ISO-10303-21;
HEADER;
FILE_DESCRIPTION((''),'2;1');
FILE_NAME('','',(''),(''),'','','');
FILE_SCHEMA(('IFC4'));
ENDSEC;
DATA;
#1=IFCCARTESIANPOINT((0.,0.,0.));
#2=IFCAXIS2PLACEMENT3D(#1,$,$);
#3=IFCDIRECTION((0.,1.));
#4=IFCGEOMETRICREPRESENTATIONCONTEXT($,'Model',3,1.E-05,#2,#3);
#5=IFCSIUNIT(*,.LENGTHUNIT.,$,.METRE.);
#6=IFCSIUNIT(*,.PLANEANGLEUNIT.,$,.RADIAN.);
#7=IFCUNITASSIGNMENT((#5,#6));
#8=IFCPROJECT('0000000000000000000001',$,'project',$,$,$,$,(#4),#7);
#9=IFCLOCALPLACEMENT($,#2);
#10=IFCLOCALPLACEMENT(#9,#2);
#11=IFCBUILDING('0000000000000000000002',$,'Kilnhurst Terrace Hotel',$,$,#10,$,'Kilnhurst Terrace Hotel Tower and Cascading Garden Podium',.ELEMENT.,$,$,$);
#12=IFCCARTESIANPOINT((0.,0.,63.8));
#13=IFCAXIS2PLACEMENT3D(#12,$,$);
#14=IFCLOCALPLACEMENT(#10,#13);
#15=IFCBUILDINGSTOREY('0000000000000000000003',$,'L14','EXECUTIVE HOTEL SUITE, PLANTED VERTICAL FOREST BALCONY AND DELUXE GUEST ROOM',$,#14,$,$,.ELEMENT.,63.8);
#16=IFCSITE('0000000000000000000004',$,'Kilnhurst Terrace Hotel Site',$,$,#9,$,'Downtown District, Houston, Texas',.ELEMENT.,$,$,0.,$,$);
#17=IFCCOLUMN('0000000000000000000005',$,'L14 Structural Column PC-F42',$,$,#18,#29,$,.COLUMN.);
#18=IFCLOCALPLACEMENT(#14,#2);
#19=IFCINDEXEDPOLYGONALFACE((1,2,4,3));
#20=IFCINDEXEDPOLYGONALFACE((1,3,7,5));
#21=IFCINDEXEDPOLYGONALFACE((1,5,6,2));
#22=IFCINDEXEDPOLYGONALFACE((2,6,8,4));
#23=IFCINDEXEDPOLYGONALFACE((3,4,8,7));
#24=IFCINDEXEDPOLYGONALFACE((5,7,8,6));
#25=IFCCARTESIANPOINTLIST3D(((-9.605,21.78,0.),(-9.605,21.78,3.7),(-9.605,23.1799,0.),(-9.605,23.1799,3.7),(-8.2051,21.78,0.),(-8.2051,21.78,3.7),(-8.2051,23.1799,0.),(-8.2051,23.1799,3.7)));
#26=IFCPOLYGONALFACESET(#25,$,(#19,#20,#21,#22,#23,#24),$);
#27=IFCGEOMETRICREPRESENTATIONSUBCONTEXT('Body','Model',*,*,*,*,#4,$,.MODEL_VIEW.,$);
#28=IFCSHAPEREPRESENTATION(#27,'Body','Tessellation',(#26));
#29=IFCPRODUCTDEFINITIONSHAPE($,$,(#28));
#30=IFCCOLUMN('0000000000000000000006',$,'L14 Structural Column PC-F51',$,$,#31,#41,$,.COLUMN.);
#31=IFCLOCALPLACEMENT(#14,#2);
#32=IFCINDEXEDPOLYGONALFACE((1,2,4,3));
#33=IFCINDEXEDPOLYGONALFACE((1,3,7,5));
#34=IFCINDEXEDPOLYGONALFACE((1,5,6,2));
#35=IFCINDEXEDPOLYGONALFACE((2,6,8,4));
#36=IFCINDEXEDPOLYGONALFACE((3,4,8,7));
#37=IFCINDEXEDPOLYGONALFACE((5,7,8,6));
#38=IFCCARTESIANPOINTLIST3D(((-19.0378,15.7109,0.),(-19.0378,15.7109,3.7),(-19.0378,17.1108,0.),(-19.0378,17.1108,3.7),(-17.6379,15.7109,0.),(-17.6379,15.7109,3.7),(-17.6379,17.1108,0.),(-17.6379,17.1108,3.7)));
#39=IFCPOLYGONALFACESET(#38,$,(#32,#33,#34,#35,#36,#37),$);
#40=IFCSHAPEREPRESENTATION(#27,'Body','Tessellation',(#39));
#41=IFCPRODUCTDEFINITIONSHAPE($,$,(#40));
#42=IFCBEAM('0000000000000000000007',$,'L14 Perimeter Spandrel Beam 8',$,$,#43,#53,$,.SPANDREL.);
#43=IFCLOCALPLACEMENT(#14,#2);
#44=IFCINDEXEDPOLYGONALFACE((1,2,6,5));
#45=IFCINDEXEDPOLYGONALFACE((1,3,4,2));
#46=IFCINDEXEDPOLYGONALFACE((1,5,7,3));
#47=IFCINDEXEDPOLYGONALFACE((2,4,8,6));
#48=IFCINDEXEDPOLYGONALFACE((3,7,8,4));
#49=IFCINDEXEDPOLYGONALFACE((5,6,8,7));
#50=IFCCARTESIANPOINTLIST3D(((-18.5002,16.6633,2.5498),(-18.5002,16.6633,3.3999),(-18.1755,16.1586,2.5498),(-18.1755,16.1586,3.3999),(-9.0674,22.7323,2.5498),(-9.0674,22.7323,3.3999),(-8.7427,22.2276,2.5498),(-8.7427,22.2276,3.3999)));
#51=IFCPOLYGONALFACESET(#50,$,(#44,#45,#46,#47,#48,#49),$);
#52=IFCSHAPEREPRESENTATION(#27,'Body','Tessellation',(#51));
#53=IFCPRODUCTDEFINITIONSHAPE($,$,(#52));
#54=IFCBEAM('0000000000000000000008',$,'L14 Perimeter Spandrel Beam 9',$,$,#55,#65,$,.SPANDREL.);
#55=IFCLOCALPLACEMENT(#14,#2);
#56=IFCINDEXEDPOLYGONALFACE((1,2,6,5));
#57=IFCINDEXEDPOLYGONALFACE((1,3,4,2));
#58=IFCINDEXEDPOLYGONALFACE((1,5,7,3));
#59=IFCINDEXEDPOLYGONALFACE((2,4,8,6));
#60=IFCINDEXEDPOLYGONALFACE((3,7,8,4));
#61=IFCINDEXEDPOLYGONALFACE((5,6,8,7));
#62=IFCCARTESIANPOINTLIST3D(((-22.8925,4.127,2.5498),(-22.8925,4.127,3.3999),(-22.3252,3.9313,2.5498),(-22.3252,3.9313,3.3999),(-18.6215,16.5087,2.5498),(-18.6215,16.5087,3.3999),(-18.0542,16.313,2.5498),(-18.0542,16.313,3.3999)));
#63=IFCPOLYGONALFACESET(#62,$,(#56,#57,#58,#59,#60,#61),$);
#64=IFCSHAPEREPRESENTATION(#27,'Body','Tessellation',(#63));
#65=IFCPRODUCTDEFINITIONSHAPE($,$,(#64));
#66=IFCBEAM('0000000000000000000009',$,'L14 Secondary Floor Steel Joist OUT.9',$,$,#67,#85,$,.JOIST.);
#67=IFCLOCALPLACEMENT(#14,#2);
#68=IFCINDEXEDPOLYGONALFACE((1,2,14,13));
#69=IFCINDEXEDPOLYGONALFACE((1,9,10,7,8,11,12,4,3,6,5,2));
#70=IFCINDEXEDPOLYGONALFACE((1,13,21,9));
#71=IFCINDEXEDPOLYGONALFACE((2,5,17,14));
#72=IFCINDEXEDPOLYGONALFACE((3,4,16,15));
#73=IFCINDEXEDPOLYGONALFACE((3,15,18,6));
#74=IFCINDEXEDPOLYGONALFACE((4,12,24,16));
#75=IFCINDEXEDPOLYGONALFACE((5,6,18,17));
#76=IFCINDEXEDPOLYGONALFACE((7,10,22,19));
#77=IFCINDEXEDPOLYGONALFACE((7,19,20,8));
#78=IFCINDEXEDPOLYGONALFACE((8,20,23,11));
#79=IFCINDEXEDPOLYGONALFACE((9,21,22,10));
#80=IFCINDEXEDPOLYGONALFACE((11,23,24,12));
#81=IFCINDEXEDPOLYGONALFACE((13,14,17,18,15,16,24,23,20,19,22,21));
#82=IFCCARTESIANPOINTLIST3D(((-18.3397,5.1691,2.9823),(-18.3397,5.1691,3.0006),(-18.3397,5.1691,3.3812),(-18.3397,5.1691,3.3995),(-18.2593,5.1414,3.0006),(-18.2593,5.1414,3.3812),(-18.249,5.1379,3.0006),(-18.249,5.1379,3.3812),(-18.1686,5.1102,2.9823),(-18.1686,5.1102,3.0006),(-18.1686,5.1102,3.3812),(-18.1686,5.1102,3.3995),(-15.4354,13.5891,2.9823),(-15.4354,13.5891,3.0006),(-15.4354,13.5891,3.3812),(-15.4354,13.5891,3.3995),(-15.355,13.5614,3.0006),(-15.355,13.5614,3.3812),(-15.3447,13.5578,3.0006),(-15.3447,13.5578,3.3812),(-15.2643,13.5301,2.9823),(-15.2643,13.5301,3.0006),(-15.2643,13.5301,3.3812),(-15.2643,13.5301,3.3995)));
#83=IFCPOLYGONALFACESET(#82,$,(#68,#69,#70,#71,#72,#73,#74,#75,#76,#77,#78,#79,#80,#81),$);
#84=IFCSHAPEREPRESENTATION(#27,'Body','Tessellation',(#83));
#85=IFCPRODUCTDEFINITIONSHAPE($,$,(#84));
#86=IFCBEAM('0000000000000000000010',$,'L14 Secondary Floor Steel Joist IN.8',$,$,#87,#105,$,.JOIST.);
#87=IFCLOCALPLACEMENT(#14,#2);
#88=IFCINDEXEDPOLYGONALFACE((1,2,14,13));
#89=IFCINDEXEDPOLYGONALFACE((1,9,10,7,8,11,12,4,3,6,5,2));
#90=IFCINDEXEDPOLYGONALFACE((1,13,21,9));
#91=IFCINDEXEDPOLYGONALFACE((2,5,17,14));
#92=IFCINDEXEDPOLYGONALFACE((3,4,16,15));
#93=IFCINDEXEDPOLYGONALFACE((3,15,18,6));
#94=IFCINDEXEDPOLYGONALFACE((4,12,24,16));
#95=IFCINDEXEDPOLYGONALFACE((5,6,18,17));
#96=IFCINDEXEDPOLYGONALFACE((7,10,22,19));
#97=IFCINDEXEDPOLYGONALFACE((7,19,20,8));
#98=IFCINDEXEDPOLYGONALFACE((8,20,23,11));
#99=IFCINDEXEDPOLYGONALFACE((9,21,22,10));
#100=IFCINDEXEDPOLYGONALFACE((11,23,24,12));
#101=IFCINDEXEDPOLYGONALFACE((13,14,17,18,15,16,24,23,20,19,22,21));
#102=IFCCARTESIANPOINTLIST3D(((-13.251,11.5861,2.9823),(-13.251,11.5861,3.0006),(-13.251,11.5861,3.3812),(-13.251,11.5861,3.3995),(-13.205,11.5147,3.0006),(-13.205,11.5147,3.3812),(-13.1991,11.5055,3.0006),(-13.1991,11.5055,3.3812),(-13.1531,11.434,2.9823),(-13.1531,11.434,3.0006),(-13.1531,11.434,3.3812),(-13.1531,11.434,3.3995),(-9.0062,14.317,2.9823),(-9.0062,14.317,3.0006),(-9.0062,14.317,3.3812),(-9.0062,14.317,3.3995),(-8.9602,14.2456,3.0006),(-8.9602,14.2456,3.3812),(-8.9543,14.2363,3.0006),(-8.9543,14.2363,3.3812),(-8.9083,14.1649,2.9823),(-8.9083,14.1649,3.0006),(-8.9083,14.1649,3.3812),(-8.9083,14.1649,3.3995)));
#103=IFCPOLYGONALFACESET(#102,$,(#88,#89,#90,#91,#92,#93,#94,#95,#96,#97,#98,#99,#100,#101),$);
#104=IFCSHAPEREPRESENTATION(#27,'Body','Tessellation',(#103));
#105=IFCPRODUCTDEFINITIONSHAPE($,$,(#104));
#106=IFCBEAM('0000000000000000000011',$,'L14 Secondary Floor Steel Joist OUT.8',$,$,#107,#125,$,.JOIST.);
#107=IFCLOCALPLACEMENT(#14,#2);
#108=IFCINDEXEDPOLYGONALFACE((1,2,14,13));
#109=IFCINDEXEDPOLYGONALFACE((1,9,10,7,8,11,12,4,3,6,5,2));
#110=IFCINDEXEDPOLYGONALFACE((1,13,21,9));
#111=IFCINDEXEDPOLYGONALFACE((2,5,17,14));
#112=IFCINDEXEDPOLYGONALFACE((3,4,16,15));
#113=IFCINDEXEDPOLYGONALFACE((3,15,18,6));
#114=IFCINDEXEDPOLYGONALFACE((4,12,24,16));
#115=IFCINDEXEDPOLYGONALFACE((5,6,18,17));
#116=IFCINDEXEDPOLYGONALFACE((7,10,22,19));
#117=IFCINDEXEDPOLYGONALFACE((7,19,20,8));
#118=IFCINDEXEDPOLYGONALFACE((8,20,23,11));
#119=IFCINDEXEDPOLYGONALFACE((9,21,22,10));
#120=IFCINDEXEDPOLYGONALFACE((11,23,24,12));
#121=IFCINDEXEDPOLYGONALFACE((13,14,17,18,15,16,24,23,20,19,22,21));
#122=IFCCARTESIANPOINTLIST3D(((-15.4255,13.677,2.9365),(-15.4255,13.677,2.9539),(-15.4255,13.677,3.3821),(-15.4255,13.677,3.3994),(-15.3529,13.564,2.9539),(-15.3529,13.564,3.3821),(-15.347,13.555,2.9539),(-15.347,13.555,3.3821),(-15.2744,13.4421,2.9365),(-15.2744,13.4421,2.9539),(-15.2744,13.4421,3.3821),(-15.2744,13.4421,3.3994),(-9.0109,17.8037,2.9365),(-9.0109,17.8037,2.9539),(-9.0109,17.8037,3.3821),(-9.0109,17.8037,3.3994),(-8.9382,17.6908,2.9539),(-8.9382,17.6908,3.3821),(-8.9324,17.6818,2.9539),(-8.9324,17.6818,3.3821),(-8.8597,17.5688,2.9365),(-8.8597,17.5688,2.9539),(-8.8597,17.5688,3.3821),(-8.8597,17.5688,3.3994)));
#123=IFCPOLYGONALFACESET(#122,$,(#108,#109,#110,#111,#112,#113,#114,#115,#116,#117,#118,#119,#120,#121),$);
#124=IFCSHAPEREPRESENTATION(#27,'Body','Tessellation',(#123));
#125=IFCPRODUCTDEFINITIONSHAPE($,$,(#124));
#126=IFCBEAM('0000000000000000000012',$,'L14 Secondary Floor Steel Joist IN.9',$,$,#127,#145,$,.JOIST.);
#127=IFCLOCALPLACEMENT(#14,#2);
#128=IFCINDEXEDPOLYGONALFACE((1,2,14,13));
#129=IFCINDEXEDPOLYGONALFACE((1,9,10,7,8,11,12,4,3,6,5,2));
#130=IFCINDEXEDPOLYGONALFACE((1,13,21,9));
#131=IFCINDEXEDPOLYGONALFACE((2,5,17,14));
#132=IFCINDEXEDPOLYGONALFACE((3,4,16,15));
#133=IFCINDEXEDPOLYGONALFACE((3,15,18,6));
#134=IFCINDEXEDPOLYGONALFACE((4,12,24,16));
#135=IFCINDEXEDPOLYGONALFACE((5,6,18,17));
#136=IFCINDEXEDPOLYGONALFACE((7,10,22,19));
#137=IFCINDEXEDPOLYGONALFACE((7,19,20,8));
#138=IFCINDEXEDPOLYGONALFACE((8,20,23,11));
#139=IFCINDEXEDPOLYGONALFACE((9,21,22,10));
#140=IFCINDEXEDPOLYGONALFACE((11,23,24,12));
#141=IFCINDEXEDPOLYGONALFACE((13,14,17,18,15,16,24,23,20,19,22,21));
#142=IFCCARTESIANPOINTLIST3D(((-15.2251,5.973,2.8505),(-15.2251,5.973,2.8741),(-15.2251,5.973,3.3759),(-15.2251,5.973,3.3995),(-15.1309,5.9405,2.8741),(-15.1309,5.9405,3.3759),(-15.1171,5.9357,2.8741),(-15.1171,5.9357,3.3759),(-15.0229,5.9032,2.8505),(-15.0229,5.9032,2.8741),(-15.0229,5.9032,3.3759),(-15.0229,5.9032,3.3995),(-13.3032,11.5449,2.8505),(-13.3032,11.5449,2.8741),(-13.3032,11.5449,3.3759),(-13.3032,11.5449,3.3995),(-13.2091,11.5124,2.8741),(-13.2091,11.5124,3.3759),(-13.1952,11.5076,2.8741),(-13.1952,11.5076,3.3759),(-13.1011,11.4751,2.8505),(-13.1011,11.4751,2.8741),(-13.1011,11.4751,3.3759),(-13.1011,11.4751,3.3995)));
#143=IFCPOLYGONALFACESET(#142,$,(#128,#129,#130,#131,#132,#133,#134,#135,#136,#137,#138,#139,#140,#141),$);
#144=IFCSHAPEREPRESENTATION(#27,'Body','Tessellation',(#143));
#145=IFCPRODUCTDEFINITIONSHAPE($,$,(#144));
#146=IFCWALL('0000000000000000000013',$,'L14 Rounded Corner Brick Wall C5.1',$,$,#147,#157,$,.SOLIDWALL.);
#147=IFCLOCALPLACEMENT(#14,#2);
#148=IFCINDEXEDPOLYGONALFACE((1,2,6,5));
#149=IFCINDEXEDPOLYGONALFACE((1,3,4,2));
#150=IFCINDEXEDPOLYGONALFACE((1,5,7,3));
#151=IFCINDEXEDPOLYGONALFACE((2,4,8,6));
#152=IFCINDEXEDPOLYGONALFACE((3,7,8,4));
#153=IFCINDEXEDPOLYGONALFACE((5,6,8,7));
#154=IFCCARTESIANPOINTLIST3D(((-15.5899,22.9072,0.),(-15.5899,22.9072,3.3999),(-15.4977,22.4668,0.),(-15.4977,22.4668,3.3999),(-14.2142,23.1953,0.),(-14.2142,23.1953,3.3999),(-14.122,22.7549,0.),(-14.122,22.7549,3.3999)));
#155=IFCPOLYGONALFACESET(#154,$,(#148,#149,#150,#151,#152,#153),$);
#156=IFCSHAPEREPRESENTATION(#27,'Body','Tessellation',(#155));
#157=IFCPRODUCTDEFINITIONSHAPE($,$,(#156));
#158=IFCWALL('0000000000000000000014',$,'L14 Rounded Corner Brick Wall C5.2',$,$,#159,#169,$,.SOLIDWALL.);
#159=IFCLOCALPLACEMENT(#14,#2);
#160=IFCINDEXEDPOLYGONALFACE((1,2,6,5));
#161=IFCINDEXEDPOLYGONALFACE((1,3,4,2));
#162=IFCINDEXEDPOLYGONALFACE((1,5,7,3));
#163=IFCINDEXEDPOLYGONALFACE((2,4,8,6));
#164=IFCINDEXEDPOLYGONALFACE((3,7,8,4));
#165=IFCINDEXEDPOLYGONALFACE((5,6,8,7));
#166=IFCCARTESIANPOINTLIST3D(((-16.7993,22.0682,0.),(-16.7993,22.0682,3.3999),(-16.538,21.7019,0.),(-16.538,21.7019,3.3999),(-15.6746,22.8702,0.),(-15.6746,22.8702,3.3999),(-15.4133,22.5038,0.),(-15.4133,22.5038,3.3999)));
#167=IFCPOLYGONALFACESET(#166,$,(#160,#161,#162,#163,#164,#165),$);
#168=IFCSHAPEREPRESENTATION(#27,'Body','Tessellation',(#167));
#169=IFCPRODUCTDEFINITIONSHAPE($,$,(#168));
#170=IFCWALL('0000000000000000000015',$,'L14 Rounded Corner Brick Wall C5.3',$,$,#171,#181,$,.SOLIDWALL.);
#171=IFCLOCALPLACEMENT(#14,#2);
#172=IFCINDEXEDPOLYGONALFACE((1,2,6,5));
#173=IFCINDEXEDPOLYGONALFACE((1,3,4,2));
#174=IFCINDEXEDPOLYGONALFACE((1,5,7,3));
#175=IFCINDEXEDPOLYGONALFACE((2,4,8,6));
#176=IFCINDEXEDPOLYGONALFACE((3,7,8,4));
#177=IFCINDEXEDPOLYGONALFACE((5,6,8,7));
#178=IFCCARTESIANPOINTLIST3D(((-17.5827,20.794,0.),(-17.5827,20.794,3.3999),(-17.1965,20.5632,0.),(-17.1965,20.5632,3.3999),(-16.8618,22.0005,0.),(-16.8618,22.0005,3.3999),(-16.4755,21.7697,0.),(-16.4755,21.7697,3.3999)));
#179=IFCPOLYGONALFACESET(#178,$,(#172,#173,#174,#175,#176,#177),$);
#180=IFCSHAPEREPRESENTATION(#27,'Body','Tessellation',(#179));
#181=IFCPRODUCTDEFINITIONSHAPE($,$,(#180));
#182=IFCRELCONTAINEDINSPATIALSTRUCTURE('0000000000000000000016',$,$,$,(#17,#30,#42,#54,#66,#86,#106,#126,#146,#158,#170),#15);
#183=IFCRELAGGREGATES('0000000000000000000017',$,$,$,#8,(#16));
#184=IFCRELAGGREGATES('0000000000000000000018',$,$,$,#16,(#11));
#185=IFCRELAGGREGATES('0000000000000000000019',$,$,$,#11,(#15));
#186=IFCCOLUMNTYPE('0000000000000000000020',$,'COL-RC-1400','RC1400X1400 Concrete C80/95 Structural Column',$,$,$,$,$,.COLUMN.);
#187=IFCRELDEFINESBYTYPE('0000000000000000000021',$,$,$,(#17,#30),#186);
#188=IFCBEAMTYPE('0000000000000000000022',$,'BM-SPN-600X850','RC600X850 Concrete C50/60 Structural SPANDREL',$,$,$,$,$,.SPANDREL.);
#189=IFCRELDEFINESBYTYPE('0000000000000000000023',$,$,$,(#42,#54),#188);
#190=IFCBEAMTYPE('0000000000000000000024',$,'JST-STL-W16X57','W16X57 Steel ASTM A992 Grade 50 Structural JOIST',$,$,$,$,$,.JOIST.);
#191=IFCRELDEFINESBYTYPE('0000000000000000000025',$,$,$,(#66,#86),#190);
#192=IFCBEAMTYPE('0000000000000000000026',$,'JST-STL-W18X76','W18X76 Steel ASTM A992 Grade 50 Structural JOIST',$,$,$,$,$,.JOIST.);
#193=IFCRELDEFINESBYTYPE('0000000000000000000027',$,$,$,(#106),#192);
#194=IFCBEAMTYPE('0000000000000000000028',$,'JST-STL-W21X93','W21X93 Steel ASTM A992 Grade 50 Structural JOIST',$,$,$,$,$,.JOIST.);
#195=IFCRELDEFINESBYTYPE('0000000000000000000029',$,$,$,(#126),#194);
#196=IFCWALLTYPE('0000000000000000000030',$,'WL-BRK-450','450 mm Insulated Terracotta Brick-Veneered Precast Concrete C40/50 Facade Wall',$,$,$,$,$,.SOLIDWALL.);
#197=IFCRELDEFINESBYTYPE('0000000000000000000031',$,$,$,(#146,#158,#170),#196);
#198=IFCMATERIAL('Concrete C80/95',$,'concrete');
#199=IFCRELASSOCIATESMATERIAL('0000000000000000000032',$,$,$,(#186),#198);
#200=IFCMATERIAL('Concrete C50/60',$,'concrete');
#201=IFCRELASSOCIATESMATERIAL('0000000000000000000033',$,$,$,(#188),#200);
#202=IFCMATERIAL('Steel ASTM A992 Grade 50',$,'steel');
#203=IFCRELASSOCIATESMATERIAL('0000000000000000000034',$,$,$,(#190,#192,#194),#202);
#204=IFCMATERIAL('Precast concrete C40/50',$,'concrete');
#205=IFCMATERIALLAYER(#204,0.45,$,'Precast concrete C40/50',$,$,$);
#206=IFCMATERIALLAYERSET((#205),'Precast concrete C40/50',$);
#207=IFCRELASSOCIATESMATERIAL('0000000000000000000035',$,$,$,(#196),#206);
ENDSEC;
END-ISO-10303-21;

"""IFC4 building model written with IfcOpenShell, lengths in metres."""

from ifc_helpers import new_model, si_unit, direction, frame, frame_2d, origin, origin_2d, place, context, subcontext, project, spatial, rectangle, i_section, extrude, material, layer, layer_set, material_profile, profile_set, type_object, element, save


model = new_model("IFC4")

# Units and contexts
model_context = context("Model", 3, precision=1e-05, world=origin(), true_north=direction((0.0, 1.0)))
body_context = subcontext(model_context, "Body", "Model", "MODEL_VIEW")
ifc_project = project(units=[si_unit("LENGTHUNIT", "METRE"), si_unit("PLANEANGLEUNIT", "RADIAN")], contexts=[model_context])

# Site, building, storey
site_placement = place(None, origin())
site = spatial("IfcSite", under=ifc_project, at=site_placement, Name="Kilnhurst Terrace Hotel Site", LongName="Downtown District, Houston, Texas", CompositionType="ELEMENT", RefElevation=0.0)
building_placement = place(site_placement, origin())
building = spatial("IfcBuilding", under=site, at=building_placement, Name="Kilnhurst Terrace Hotel", LongName="Kilnhurst Terrace Hotel Tower and Cascading Garden Podium", CompositionType="ELEMENT")
storey_placement = place(building_placement, frame((0.0, 0.0, 63.8)))
storey = spatial("IfcBuildingStorey", under=building, at=storey_placement, Name="L14", Description="EXECUTIVE HOTEL SUITE, PLANTED VERTICAL FOREST BALCONY AND DELUXE GUEST ROOM", CompositionType="ELEMENT", Elevation=63.8)

# Columns
ifc_material_1 = material(Name="Concrete C80/95", Category="concrete")
ifc_material_profile_1 = material_profile(ifc_material_1, rectangle(XDim=1.3999, YDim=1.3999, at=origin_2d()), Name="RC1400X1400")
ifc_profile_set_1 = profile_set([ifc_material_profile_1], Name="Concrete C80/95")
column_type = type_object("IfcColumnType", Name="COL-RC-1400", Description="RC1400X1400 Concrete C80/95 Structural Column", PredefinedType="COLUMN", material=ifc_profile_set_1)
for number, where, z_axis, x_axis, name in (
    (1, (-8.905, 22.48, 0.0), (0.0, 0.0, 1.0), (1.0, 0.0, 0.0), "L14 Structural Column PC-F42"),
    (2, (-18.3379, 16.4109, 0.0), (0.0, 0.0, 1.0), (1.0, 0.0, 0.0), "L14 Structural Column PC-F51"),
):
    element("IfcColumn", number, at=place(storey_placement, frame(where, z_axis=z_axis, x_axis=x_axis)), inside=storey, type_object=column_type, Name=name, PredefinedType="COLUMN", context=body_context, shape_type="SweptSolid", body=[
        extrude(rectangle(XDim=1.3999, YDim=1.3999, at=origin_2d()), origin(), (0.0, 0.0, 1.0), 3.7),
    ])

# Beams
ifc_material_2 = material(Name="Concrete C50/60", Category="concrete")
ifc_material_profile_2 = material_profile(ifc_material_2, rectangle(XDim=0.6001, YDim=0.8501, at=origin_2d()), Name="RC600X850")
ifc_profile_set_2 = profile_set([ifc_material_profile_2], Name="Concrete C50/60")
beam_type_1 = type_object("IfcBeamType", Name="BM-SPN-600X850", Description="RC600X850 Concrete C50/60 Structural SPANDREL", PredefinedType="SPANDREL", material=ifc_profile_set_2)
beam_1_placement = place(storey_placement, frame((-8.905, 22.48, 2.9749), z_axis=(-0.840971, -0.54108, 0.0), x_axis=(0.54108, -0.840971, 0.0)))
element("IfcBeam", 3, at=beam_1_placement, inside=storey, type_object=beam_type_1, Name="L14 Perimeter Spandrel Beam 8", PredefinedType="SPANDREL", context=body_context, shape_type="SweptSolid", body=[
    extrude(rectangle(XDim=0.6001, YDim=0.8501, at=origin_2d()), origin(), (0.0, 0.0, 1.0), 11.2166),
])
beam_2_placement = place(storey_placement, frame((-18.3379, 16.4109, 2.9749), z_axis=(-0.326086, -0.94534, 0.0), x_axis=(0.94534, -0.326086, 0.0)))
element("IfcBeam", 4, at=beam_2_placement, inside=storey, type_object=beam_type_1, Name="L14 Perimeter Spandrel Beam 9", PredefinedType="SPANDREL", context=body_context, shape_type="SweptSolid", body=[
    extrude(rectangle(XDim=0.6001, YDim=0.8501, at=origin_2d()), origin(), (0.0, 0.0, 1.0), 13.0977),
])
ifc_material_3 = material(Name="Steel ASTM A992 Grade 50", Category="steel")
ifc_material_profile_3 = material_profile(ifc_material_3, i_section(OverallWidth=0.1809, OverallDepth=0.4172, WebThickness=0.011, FlangeThickness=0.0183, at=origin_2d()), Name="W16X57")
ifc_profile_set_3 = profile_set([ifc_material_profile_3], Name="Steel ASTM A992 Grade 50")
beam_type_2 = type_object("IfcBeamType", Name="JST-STL-W16X57", Description="W16X57 Steel ASTM A992 Grade 50 Structural JOIST", PredefinedType="JOIST", material=ifc_profile_set_3)
beam_3_placement = place(storey_placement, frame((-15.3499, 13.5596, 3.1909), z_axis=(-0.326079, -0.945343, 0.0), x_axis=(0.945343, -0.326079, 0.0)))
element("IfcBeam", 5, at=beam_3_placement, inside=storey, type_object=beam_type_2, Name="L14 Secondary Floor Steel Joist OUT.9", PredefinedType="JOIST", context=body_context, shape_type="SweptSolid", body=[
    extrude(i_section(OverallWidth=0.1809, OverallDepth=0.4172, WebThickness=0.011, FlangeThickness=0.0183, at=origin_2d()), origin(), (0.0, 0.0, 1.0), 8.9067),
])
beam_4_placement = place(storey_placement, frame((-8.9573, 14.241, 3.1909), z_axis=(-0.840988, -0.541053, 0.0), x_axis=(0.541053, -0.840988, 0.0)))
element("IfcBeam", 6, at=beam_4_placement, inside=storey, type_object=beam_type_2, Name="L14 Secondary Floor Steel Joist IN.8", PredefinedType="JOIST", context=body_context, shape_type="SweptSolid", body=[
    extrude(i_section(OverallWidth=0.1809, OverallDepth=0.4172, WebThickness=0.011, FlangeThickness=0.0183, at=origin_2d()), origin(), (0.0, 0.0, 1.0), 5.0474),
])
ifc_material_profile_4 = material_profile(ifc_material_3, i_section(OverallWidth=0.2793, OverallDepth=0.4629, WebThickness=0.0107, FlangeThickness=0.0173, at=origin_2d()), Name="W18X76")
ifc_profile_set_4 = profile_set([ifc_material_profile_4], Name="Steel ASTM A992 Grade 50")
beam_type_3 = type_object("IfcBeamType", Name="JST-STL-W18X76", Description="W18X76 Steel ASTM A992 Grade 50 Structural JOIST", PredefinedType="JOIST", material=ifc_profile_set_4)
beam_5_placement = place(storey_placement, frame((-8.9353, 17.6863, 3.168), z_axis=(-0.840995, -0.541042, 0.0), x_axis=(0.541042, -0.840995, 0.0)))
element("IfcBeam", 7, at=beam_5_placement, inside=storey, type_object=beam_type_3, Name="L14 Secondary Floor Steel Joist OUT.8", PredefinedType="JOIST", context=body_context, shape_type="SweptSolid", body=[
    extrude(i_section(OverallWidth=0.2793, OverallDepth=0.4629, WebThickness=0.0107, FlangeThickness=0.0173, at=origin_2d()), origin(), (0.0, 0.0, 1.0), 7.6274),
])
ifc_material_profile_5 = material_profile(ifc_material_3, i_section(OverallWidth=0.2139, OverallDepth=0.5491, WebThickness=0.0146, FlangeThickness=0.0237, at=origin_2d()), Name="W21X93")
ifc_profile_set_5 = profile_set([ifc_material_profile_5], Name="Steel ASTM A992 Grade 50")
beam_type_4 = type_object("IfcBeamType", Name="JST-STL-W21X93", Description="W21X93 Steel ASTM A992 Grade 50 Structural JOIST", PredefinedType="JOIST", material=ifc_profile_set_5)
beam_6_placement = place(storey_placement, frame((-13.2021, 11.51, 3.125), z_axis=(-0.326065, -0.945347, 0.0), x_axis=(0.945347, -0.326065, 0.0)))
element("IfcBeam", 8, at=beam_6_placement, inside=storey, type_object=beam_type_4, Name="L14 Secondary Floor Steel Joist IN.9", PredefinedType="JOIST", context=body_context, shape_type="SweptSolid", body=[
    extrude(i_section(OverallWidth=0.2139, OverallDepth=0.5491, WebThickness=0.0146, FlangeThickness=0.0237, at=origin_2d()), origin(), (0.0, 0.0, 1.0), 5.894),
])

# Walls
ifc_material_4 = material(Name="Precast concrete C40/50", Category="concrete")
ifc_layer_1 = layer(ifc_material_4, 0.45, Name="Precast concrete C40/50")
ifc_layer_set_1 = layer_set([ifc_layer_1], Name="Precast concrete C40/50")
wall_type_1 = type_object("IfcWallType", Name="WL-BRK-450", Description="450 mm Insulated Terracotta Brick-Veneered Precast Concrete C40/50 Facade Wall", PredefinedType="SOLIDWALL", material=ifc_layer_set_1)
wall_1_placement = place(storey_placement, frame((-14.1682, 22.9751, 0.0), z_axis=(0.0, 0.0, 1.0), x_axis=(-0.97877, -0.20496, 0.0)))
element("IfcWall", 9, at=wall_1_placement, inside=storey, type_object=wall_type_1, Name="L14 Rounded Corner Brick Wall C5.1", PredefinedType="SOLIDWALL", context=body_context, shape_type="SweptSolid", body=[
    extrude(rectangle(XDim=1.4055, YDim=0.45, at=frame_2d((0.7026, 0.0))), origin(), (0.0, 0.0, 1.0), 3.3999),
])
wall_2_placement = place(storey_placement, frame((-15.5439, 22.687, 0.0), z_axis=(0.0, 0.0, 1.0), x_axis=(-0.814211, -0.580569, 0.0)))
element("IfcWall", 10, at=wall_2_placement, inside=storey, type_object=wall_type_1, Name="L14 Rounded Corner Brick Wall C5.2", PredefinedType="SOLIDWALL", context=body_context, shape_type="SweptSolid", body=[
    extrude(rectangle(XDim=1.3813, YDim=0.45, at=frame_2d((0.6907, 0.0))), origin(), (0.0, 0.0, 1.0), 3.3999),
])
wall_3_placement = place(storey_placement, frame((-16.6687, 21.885, 0.0), z_axis=(0.0, 0.0, 1.0), x_axis=(-0.512937, -0.858426, 0.0)))
element("IfcWall", 11, at=wall_3_placement, inside=storey, type_object=wall_type_1, Name="L14 Rounded Corner Brick Wall C5.3", PredefinedType="SOLIDWALL", context=body_context, shape_type="SweptSolid", body=[
    extrude(rectangle(XDim=1.4055, YDim=0.45, at=frame_2d((0.7026, 0.0))), origin(), (0.0, 0.0, 1.0), 3.3999),
])

save(model, "model.ifc")
